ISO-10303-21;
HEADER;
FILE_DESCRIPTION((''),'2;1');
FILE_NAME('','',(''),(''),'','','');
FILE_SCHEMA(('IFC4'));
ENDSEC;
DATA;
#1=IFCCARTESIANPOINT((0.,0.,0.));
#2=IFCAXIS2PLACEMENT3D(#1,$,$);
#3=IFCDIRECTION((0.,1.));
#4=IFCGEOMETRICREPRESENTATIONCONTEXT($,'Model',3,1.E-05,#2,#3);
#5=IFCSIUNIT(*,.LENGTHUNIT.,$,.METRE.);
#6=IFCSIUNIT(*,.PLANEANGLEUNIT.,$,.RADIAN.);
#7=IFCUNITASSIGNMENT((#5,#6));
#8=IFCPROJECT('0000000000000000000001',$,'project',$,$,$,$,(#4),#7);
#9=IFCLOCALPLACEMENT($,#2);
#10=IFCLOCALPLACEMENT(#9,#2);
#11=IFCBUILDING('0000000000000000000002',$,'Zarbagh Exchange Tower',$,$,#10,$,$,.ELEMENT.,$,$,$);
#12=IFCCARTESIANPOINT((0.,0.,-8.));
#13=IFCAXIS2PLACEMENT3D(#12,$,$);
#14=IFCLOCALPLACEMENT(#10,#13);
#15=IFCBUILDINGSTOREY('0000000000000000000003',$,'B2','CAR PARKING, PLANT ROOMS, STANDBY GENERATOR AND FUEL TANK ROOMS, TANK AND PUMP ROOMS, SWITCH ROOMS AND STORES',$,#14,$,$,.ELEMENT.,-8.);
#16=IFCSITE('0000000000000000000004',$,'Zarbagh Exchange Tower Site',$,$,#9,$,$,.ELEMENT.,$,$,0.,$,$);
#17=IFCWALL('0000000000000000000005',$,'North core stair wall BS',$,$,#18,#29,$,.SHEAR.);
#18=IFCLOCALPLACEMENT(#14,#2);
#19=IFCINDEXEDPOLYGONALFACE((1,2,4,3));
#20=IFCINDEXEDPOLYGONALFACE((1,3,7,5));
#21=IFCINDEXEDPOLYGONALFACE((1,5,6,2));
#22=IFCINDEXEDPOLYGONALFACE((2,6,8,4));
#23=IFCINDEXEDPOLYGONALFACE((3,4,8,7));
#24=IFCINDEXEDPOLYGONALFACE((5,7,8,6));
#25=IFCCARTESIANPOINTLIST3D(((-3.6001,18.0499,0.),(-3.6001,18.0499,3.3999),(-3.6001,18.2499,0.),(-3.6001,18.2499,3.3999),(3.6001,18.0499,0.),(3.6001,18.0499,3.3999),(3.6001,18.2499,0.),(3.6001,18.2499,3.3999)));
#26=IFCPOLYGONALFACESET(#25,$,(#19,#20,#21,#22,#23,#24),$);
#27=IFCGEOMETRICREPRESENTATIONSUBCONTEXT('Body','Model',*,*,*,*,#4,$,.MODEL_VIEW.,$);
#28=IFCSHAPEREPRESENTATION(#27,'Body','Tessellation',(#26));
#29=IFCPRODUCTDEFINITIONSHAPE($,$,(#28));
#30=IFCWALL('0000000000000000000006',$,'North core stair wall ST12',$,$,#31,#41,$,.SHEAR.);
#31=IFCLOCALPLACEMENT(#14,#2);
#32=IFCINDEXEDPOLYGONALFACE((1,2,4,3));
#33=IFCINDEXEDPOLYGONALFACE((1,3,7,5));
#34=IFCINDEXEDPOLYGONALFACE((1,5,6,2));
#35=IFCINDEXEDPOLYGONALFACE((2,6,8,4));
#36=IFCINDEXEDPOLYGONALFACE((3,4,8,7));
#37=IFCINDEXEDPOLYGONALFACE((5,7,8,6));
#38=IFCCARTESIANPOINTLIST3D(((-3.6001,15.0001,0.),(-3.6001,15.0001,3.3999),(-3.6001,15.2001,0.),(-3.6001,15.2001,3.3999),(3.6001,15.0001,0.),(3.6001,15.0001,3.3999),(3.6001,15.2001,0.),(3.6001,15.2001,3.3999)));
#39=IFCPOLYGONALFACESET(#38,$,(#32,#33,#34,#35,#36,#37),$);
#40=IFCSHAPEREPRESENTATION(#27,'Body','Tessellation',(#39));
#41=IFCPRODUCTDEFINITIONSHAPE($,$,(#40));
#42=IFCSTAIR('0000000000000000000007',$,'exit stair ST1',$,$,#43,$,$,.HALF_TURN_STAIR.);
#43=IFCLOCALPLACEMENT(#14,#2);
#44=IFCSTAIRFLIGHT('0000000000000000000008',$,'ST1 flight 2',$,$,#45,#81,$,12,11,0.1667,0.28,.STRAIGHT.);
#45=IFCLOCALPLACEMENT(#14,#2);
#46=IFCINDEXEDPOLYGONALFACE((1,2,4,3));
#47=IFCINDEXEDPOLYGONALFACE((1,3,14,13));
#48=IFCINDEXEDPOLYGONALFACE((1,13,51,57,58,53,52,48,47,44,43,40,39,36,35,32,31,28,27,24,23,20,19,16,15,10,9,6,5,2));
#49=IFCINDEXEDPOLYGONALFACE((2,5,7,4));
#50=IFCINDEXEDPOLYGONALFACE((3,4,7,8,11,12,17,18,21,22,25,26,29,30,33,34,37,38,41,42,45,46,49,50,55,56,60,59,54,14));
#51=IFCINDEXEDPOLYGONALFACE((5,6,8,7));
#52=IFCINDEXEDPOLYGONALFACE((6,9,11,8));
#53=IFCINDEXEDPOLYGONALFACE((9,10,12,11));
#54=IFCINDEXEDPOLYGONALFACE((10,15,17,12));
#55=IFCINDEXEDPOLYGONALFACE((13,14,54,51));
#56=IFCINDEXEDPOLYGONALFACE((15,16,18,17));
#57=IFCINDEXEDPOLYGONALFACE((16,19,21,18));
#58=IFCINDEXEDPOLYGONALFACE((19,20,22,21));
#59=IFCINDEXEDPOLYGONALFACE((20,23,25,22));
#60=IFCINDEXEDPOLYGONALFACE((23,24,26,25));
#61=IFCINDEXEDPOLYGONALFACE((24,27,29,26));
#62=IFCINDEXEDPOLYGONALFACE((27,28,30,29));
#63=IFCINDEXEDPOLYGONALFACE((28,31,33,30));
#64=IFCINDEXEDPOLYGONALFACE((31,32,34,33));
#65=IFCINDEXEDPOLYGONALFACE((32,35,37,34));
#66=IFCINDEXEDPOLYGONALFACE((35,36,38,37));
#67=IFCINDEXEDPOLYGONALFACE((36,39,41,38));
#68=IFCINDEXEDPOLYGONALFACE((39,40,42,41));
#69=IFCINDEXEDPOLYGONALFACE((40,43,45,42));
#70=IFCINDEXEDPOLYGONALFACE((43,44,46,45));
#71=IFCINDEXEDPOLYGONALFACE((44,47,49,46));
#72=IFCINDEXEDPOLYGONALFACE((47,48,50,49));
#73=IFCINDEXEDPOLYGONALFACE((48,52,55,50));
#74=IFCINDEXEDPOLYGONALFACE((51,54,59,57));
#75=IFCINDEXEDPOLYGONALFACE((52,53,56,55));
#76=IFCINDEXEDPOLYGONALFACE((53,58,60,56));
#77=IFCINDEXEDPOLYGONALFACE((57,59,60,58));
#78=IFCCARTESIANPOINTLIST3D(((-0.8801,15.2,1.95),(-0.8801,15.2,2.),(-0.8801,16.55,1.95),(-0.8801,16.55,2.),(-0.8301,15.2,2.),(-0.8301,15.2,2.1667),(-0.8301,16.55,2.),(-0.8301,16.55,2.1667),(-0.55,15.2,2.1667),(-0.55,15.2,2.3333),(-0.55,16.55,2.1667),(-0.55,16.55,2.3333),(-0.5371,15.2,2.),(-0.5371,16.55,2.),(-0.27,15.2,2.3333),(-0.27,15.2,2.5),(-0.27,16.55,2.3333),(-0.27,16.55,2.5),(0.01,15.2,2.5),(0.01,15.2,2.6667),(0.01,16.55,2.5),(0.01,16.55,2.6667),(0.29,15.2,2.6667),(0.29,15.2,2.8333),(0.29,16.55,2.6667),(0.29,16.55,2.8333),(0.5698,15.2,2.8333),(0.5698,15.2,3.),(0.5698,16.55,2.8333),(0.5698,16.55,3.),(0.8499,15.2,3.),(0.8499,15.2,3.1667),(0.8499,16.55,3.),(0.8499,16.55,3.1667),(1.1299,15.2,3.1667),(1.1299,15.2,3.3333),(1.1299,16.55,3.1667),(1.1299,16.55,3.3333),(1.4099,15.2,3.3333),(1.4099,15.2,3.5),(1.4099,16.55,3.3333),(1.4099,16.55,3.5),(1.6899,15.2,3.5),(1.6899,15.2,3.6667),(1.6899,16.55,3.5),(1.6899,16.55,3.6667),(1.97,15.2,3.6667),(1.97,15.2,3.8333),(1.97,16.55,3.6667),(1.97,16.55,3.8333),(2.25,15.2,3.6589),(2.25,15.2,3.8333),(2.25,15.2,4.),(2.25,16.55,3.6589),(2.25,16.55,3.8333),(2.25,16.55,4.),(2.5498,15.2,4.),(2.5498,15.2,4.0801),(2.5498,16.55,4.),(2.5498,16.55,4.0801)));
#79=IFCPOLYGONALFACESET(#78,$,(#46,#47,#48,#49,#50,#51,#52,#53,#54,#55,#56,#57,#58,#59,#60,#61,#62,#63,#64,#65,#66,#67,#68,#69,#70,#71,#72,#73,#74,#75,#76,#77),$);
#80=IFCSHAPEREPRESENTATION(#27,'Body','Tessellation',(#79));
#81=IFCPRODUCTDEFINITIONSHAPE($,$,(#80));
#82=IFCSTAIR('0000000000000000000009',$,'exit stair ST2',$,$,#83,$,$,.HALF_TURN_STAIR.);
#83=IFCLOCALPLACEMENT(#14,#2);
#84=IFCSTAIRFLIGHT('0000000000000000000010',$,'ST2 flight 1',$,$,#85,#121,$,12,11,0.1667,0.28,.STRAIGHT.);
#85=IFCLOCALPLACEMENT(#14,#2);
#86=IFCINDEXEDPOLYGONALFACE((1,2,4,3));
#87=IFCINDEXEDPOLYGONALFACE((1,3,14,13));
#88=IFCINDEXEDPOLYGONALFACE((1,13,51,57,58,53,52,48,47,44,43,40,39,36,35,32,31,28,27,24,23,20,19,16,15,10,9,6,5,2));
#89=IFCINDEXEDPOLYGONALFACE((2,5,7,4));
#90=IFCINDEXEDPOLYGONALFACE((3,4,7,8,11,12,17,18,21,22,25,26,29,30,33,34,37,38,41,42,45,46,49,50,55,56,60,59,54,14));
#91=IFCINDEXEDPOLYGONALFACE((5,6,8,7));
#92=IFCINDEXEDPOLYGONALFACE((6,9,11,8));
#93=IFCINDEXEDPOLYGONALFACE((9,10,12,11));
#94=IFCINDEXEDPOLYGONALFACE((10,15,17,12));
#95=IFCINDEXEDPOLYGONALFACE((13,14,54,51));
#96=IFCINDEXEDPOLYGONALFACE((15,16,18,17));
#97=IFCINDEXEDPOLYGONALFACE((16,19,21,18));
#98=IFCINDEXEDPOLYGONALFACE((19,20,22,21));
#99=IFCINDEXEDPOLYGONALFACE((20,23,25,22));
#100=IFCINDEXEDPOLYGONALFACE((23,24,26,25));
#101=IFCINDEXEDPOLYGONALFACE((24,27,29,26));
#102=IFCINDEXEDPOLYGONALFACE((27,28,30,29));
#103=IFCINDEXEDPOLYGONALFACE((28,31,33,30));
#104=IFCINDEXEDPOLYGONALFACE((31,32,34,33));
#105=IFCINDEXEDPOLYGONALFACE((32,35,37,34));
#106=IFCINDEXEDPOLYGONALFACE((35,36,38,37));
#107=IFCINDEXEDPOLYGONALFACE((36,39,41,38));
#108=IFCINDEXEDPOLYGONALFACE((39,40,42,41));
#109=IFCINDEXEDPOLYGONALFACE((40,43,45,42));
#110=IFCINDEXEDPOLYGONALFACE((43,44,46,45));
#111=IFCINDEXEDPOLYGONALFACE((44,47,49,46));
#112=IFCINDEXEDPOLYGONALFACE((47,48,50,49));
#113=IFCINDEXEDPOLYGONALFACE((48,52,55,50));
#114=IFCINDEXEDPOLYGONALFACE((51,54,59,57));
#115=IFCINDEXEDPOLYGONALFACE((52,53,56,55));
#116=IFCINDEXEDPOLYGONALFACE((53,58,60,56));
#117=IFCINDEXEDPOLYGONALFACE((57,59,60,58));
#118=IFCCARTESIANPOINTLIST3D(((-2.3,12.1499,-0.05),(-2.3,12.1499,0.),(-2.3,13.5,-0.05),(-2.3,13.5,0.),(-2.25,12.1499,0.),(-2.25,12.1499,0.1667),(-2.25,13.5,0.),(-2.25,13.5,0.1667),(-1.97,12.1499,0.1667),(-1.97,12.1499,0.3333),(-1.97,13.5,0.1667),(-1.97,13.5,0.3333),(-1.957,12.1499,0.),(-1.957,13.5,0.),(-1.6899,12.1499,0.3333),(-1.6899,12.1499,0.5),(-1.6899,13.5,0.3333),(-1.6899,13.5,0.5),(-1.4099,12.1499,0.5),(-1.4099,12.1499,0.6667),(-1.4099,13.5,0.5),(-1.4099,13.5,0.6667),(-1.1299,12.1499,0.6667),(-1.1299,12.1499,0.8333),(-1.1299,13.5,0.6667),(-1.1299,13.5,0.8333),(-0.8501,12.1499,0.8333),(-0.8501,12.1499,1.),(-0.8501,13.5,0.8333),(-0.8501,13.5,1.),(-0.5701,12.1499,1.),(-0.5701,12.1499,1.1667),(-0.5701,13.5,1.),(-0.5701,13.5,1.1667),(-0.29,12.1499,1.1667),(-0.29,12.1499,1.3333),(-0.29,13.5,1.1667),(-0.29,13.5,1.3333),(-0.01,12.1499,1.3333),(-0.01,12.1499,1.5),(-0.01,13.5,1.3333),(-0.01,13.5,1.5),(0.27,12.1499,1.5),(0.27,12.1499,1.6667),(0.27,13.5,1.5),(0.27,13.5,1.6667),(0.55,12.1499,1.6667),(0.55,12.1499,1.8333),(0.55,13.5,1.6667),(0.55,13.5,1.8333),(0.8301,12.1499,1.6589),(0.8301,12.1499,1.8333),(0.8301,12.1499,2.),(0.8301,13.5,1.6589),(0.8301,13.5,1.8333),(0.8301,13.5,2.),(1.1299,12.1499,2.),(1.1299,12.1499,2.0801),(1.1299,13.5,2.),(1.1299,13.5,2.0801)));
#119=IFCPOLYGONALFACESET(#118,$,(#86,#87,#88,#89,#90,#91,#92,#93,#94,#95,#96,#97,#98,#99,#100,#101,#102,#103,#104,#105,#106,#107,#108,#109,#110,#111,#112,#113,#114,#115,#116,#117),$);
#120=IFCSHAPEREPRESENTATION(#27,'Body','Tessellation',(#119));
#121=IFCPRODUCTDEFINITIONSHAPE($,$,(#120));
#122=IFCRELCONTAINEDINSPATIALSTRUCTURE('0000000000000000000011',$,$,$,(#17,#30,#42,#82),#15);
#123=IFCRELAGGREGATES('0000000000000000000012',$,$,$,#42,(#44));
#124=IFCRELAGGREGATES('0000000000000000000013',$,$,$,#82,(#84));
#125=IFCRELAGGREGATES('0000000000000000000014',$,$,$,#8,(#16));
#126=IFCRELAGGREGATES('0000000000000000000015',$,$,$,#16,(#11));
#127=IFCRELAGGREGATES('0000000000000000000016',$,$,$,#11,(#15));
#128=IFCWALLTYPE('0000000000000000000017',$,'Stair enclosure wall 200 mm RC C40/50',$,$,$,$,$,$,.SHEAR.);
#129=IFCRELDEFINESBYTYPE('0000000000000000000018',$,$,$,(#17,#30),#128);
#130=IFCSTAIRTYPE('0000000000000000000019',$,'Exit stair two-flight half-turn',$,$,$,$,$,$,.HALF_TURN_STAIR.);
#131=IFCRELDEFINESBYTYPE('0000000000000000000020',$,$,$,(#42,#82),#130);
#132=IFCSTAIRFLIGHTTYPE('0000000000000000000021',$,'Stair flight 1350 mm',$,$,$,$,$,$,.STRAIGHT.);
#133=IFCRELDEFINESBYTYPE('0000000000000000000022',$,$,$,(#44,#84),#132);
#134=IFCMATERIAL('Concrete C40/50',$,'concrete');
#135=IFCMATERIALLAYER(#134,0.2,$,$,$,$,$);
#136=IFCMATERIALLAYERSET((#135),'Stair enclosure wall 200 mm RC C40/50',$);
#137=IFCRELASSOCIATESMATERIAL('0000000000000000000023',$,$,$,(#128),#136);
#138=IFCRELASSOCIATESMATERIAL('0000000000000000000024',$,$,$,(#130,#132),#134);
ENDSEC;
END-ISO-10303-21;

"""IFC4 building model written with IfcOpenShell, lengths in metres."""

from ifc_helpers import new_model, si_unit, direction, frame, frame_2d, origin, place, context, subcontext, project, spatial, polyline, rectangle, outline, extrude, material, layer, layer_set, type_object, element, aggregate, save


model = new_model("IFC4")

# Units and contexts
model_context = context("Model", 3, precision=1e-05, world=origin(), true_north=direction((0.0, 1.0)))
body_context = subcontext(model_context, "Body", "Model", "MODEL_VIEW")
ifc_project = project(units=[si_unit("LENGTHUNIT", "METRE"), si_unit("PLANEANGLEUNIT", "RADIAN")], contexts=[model_context])

# Site, building, storey
site_placement = place(None, origin())
site = spatial("IfcSite", under=ifc_project, at=site_placement, Name="Zarbagh Exchange Tower Site", CompositionType="ELEMENT", RefElevation=0.0)
building_placement = place(site_placement, origin())
building = spatial("IfcBuilding", under=site, at=building_placement, Name="Zarbagh Exchange Tower", CompositionType="ELEMENT")
storey_placement = place(building_placement, frame((0.0, 0.0, -8.0)))
storey = spatial("IfcBuildingStorey", under=building, at=storey_placement, Name="B2", Description="CAR PARKING, PLANT ROOMS, STANDBY GENERATOR AND FUEL TANK ROOMS, TANK AND PUMP ROOMS, SWITCH ROOMS AND STORES", CompositionType="ELEMENT", Elevation=-8.0)

# Shared definitions
ifc_material_1 = material(Name="Concrete C40/50", Category="concrete")

# Walls
ifc_layer_1 = layer(ifc_material_1, 0.2)
ifc_layer_set_1 = layer_set([ifc_layer_1], Name="Stair enclosure wall 200 mm RC C40/50")
wall_type_1 = type_object("IfcWallType", Name="Stair enclosure wall 200 mm RC C40/50", PredefinedType="SHEAR", material=ifc_layer_set_1)
for number, where, z_axis, x_axis, name in (
    (1, (-3.6001, 18.1499, 0.0), (0.0, 0.0, 1.0), (1.0, 0.0, 0.0), "North core stair wall BS"),
    (2, (-3.6001, 15.1001, 0.0), (0.0, 0.0, 1.0), (1.0, 0.0, 0.0), "North core stair wall ST12"),
):
    element("IfcWall", number, at=place(storey_placement, frame(where, z_axis=z_axis, x_axis=x_axis)), inside=storey, type_object=wall_type_1, Name=name, PredefinedType="SHEAR", context=body_context, shape_type="SweptSolid", body=[
        extrude(rectangle(XDim=7.2002, YDim=0.2, at=frame_2d((3.6001, 0.0))), origin(), (0.0, 0.0, 1.0), 3.3999),
    ])

# Stairs, stair flights
stair_type = type_object("IfcStairType", Name="Exit stair two-flight half-turn", PredefinedType="HALF_TURN_STAIR", material=ifc_material_1)
stair_1_placement = place(storey_placement, origin())
stair_1 = element("IfcStair", 3, at=stair_1_placement, inside=storey, type_object=stair_type, Name="exit stair ST1", PredefinedType="HALF_TURN_STAIR")
stair_flight_type = type_object("IfcStairFlightType", Name="Stair flight 1350 mm", PredefinedType="STRAIGHT", material=ifc_material_1)
stair_flight_1_placement = place(storey_placement, frame((-0.8301, 15.875, 2.0), z_axis=(0.0, 0.0, 1.0), x_axis=(1.0, 0.0, 0.0)))
stair_flight_1 = element("IfcStairFlight", 4, at=stair_flight_1_placement, type_object=stair_flight_type, Name="ST1 flight 2", NumberOfRisers=12, NumberOfTreads=11, PredefinedType="STRAIGHT", RiserHeight=0.1667, TreadLength=0.28, context=body_context, shape_type="SweptSolid", body=[
    extrude(outline(polyline([(-0.05, -0.05), (-0.05, 0.0), (0.0, 0.0), (0.0, 0.1667), (0.28, 0.1667), (0.28, 0.3333), (0.5601, 0.3333), (0.5601, 0.5), (0.8401, 0.5), (0.8401, 0.6667), (1.1201, 0.6667), (1.1201, 0.8333), (1.3999, 0.8333), (1.3999, 1.0), (1.6799, 1.0), (1.6799, 1.1667), (1.96, 1.1667), (1.96, 1.3333), (2.24, 1.3333), (2.24, 1.5), (2.52, 1.5), (2.52, 1.6667), (2.8, 1.6667), (2.8, 1.8333), (3.0801, 1.8333), (3.0801, 2.0), (3.3799, 2.0801), (3.3799, 2.0), (3.0801, 1.6589), (0.293, 0.0), (-0.05, -0.05)])), frame((0.0, 0.675, 0.0), z_axis=(0.0, -1.0, 0.0), x_axis=(1.0, 0.0, 0.0)), (0.0, 0.0, 1.0), 1.3501),
])
aggregate(stair_1, [stair_flight_1])
stair_2_placement = place(storey_placement, origin())
stair_2 = element("IfcStair", 5, at=stair_2_placement, inside=storey, type_object=stair_type, Name="exit stair ST2", PredefinedType="HALF_TURN_STAIR")
stair_flight_2_placement = place(storey_placement, frame((-2.25, 12.825, 0.0), z_axis=(0.0, 0.0, 1.0), x_axis=(1.0, 0.0, 0.0)))
stair_flight_2 = element("IfcStairFlight", 6, at=stair_flight_2_placement, type_object=stair_flight_type, Name="ST2 flight 1", NumberOfRisers=12, NumberOfTreads=11, PredefinedType="STRAIGHT", RiserHeight=0.1667, TreadLength=0.28, context=body_context, shape_type="SweptSolid", body=[
    extrude(outline(polyline([(-0.05, -0.05), (-0.05, 0.0), (0.0, 0.0), (0.0, 0.1667), (0.28, 0.1667), (0.28, 0.3333), (0.5601, 0.3333), (0.5601, 0.5), (0.8401, 0.5), (0.8401, 0.6667), (1.1201, 0.6667), (1.1201, 0.8333), (1.3999, 0.8333), (1.3999, 1.0), (1.6799, 1.0), (1.6799, 1.1667), (1.96, 1.1667), (1.96, 1.3333), (2.24, 1.3333), (2.24, 1.5), (2.52, 1.5), (2.52, 1.6667), (2.8, 1.6667), (2.8, 1.8333), (3.0801, 1.8333), (3.0801, 2.0), (3.3799, 2.0801), (3.3799, 2.0), (3.0801, 1.6589), (0.293, 0.0), (-0.05, -0.05)])), frame((0.0, 0.675, 0.0), z_axis=(0.0, -1.0, 0.0), x_axis=(1.0, 0.0, 0.0)), (0.0, 0.0, 1.0), 1.3501),
])
aggregate(stair_2, [stair_flight_2])

save(model, "model.ifc")
